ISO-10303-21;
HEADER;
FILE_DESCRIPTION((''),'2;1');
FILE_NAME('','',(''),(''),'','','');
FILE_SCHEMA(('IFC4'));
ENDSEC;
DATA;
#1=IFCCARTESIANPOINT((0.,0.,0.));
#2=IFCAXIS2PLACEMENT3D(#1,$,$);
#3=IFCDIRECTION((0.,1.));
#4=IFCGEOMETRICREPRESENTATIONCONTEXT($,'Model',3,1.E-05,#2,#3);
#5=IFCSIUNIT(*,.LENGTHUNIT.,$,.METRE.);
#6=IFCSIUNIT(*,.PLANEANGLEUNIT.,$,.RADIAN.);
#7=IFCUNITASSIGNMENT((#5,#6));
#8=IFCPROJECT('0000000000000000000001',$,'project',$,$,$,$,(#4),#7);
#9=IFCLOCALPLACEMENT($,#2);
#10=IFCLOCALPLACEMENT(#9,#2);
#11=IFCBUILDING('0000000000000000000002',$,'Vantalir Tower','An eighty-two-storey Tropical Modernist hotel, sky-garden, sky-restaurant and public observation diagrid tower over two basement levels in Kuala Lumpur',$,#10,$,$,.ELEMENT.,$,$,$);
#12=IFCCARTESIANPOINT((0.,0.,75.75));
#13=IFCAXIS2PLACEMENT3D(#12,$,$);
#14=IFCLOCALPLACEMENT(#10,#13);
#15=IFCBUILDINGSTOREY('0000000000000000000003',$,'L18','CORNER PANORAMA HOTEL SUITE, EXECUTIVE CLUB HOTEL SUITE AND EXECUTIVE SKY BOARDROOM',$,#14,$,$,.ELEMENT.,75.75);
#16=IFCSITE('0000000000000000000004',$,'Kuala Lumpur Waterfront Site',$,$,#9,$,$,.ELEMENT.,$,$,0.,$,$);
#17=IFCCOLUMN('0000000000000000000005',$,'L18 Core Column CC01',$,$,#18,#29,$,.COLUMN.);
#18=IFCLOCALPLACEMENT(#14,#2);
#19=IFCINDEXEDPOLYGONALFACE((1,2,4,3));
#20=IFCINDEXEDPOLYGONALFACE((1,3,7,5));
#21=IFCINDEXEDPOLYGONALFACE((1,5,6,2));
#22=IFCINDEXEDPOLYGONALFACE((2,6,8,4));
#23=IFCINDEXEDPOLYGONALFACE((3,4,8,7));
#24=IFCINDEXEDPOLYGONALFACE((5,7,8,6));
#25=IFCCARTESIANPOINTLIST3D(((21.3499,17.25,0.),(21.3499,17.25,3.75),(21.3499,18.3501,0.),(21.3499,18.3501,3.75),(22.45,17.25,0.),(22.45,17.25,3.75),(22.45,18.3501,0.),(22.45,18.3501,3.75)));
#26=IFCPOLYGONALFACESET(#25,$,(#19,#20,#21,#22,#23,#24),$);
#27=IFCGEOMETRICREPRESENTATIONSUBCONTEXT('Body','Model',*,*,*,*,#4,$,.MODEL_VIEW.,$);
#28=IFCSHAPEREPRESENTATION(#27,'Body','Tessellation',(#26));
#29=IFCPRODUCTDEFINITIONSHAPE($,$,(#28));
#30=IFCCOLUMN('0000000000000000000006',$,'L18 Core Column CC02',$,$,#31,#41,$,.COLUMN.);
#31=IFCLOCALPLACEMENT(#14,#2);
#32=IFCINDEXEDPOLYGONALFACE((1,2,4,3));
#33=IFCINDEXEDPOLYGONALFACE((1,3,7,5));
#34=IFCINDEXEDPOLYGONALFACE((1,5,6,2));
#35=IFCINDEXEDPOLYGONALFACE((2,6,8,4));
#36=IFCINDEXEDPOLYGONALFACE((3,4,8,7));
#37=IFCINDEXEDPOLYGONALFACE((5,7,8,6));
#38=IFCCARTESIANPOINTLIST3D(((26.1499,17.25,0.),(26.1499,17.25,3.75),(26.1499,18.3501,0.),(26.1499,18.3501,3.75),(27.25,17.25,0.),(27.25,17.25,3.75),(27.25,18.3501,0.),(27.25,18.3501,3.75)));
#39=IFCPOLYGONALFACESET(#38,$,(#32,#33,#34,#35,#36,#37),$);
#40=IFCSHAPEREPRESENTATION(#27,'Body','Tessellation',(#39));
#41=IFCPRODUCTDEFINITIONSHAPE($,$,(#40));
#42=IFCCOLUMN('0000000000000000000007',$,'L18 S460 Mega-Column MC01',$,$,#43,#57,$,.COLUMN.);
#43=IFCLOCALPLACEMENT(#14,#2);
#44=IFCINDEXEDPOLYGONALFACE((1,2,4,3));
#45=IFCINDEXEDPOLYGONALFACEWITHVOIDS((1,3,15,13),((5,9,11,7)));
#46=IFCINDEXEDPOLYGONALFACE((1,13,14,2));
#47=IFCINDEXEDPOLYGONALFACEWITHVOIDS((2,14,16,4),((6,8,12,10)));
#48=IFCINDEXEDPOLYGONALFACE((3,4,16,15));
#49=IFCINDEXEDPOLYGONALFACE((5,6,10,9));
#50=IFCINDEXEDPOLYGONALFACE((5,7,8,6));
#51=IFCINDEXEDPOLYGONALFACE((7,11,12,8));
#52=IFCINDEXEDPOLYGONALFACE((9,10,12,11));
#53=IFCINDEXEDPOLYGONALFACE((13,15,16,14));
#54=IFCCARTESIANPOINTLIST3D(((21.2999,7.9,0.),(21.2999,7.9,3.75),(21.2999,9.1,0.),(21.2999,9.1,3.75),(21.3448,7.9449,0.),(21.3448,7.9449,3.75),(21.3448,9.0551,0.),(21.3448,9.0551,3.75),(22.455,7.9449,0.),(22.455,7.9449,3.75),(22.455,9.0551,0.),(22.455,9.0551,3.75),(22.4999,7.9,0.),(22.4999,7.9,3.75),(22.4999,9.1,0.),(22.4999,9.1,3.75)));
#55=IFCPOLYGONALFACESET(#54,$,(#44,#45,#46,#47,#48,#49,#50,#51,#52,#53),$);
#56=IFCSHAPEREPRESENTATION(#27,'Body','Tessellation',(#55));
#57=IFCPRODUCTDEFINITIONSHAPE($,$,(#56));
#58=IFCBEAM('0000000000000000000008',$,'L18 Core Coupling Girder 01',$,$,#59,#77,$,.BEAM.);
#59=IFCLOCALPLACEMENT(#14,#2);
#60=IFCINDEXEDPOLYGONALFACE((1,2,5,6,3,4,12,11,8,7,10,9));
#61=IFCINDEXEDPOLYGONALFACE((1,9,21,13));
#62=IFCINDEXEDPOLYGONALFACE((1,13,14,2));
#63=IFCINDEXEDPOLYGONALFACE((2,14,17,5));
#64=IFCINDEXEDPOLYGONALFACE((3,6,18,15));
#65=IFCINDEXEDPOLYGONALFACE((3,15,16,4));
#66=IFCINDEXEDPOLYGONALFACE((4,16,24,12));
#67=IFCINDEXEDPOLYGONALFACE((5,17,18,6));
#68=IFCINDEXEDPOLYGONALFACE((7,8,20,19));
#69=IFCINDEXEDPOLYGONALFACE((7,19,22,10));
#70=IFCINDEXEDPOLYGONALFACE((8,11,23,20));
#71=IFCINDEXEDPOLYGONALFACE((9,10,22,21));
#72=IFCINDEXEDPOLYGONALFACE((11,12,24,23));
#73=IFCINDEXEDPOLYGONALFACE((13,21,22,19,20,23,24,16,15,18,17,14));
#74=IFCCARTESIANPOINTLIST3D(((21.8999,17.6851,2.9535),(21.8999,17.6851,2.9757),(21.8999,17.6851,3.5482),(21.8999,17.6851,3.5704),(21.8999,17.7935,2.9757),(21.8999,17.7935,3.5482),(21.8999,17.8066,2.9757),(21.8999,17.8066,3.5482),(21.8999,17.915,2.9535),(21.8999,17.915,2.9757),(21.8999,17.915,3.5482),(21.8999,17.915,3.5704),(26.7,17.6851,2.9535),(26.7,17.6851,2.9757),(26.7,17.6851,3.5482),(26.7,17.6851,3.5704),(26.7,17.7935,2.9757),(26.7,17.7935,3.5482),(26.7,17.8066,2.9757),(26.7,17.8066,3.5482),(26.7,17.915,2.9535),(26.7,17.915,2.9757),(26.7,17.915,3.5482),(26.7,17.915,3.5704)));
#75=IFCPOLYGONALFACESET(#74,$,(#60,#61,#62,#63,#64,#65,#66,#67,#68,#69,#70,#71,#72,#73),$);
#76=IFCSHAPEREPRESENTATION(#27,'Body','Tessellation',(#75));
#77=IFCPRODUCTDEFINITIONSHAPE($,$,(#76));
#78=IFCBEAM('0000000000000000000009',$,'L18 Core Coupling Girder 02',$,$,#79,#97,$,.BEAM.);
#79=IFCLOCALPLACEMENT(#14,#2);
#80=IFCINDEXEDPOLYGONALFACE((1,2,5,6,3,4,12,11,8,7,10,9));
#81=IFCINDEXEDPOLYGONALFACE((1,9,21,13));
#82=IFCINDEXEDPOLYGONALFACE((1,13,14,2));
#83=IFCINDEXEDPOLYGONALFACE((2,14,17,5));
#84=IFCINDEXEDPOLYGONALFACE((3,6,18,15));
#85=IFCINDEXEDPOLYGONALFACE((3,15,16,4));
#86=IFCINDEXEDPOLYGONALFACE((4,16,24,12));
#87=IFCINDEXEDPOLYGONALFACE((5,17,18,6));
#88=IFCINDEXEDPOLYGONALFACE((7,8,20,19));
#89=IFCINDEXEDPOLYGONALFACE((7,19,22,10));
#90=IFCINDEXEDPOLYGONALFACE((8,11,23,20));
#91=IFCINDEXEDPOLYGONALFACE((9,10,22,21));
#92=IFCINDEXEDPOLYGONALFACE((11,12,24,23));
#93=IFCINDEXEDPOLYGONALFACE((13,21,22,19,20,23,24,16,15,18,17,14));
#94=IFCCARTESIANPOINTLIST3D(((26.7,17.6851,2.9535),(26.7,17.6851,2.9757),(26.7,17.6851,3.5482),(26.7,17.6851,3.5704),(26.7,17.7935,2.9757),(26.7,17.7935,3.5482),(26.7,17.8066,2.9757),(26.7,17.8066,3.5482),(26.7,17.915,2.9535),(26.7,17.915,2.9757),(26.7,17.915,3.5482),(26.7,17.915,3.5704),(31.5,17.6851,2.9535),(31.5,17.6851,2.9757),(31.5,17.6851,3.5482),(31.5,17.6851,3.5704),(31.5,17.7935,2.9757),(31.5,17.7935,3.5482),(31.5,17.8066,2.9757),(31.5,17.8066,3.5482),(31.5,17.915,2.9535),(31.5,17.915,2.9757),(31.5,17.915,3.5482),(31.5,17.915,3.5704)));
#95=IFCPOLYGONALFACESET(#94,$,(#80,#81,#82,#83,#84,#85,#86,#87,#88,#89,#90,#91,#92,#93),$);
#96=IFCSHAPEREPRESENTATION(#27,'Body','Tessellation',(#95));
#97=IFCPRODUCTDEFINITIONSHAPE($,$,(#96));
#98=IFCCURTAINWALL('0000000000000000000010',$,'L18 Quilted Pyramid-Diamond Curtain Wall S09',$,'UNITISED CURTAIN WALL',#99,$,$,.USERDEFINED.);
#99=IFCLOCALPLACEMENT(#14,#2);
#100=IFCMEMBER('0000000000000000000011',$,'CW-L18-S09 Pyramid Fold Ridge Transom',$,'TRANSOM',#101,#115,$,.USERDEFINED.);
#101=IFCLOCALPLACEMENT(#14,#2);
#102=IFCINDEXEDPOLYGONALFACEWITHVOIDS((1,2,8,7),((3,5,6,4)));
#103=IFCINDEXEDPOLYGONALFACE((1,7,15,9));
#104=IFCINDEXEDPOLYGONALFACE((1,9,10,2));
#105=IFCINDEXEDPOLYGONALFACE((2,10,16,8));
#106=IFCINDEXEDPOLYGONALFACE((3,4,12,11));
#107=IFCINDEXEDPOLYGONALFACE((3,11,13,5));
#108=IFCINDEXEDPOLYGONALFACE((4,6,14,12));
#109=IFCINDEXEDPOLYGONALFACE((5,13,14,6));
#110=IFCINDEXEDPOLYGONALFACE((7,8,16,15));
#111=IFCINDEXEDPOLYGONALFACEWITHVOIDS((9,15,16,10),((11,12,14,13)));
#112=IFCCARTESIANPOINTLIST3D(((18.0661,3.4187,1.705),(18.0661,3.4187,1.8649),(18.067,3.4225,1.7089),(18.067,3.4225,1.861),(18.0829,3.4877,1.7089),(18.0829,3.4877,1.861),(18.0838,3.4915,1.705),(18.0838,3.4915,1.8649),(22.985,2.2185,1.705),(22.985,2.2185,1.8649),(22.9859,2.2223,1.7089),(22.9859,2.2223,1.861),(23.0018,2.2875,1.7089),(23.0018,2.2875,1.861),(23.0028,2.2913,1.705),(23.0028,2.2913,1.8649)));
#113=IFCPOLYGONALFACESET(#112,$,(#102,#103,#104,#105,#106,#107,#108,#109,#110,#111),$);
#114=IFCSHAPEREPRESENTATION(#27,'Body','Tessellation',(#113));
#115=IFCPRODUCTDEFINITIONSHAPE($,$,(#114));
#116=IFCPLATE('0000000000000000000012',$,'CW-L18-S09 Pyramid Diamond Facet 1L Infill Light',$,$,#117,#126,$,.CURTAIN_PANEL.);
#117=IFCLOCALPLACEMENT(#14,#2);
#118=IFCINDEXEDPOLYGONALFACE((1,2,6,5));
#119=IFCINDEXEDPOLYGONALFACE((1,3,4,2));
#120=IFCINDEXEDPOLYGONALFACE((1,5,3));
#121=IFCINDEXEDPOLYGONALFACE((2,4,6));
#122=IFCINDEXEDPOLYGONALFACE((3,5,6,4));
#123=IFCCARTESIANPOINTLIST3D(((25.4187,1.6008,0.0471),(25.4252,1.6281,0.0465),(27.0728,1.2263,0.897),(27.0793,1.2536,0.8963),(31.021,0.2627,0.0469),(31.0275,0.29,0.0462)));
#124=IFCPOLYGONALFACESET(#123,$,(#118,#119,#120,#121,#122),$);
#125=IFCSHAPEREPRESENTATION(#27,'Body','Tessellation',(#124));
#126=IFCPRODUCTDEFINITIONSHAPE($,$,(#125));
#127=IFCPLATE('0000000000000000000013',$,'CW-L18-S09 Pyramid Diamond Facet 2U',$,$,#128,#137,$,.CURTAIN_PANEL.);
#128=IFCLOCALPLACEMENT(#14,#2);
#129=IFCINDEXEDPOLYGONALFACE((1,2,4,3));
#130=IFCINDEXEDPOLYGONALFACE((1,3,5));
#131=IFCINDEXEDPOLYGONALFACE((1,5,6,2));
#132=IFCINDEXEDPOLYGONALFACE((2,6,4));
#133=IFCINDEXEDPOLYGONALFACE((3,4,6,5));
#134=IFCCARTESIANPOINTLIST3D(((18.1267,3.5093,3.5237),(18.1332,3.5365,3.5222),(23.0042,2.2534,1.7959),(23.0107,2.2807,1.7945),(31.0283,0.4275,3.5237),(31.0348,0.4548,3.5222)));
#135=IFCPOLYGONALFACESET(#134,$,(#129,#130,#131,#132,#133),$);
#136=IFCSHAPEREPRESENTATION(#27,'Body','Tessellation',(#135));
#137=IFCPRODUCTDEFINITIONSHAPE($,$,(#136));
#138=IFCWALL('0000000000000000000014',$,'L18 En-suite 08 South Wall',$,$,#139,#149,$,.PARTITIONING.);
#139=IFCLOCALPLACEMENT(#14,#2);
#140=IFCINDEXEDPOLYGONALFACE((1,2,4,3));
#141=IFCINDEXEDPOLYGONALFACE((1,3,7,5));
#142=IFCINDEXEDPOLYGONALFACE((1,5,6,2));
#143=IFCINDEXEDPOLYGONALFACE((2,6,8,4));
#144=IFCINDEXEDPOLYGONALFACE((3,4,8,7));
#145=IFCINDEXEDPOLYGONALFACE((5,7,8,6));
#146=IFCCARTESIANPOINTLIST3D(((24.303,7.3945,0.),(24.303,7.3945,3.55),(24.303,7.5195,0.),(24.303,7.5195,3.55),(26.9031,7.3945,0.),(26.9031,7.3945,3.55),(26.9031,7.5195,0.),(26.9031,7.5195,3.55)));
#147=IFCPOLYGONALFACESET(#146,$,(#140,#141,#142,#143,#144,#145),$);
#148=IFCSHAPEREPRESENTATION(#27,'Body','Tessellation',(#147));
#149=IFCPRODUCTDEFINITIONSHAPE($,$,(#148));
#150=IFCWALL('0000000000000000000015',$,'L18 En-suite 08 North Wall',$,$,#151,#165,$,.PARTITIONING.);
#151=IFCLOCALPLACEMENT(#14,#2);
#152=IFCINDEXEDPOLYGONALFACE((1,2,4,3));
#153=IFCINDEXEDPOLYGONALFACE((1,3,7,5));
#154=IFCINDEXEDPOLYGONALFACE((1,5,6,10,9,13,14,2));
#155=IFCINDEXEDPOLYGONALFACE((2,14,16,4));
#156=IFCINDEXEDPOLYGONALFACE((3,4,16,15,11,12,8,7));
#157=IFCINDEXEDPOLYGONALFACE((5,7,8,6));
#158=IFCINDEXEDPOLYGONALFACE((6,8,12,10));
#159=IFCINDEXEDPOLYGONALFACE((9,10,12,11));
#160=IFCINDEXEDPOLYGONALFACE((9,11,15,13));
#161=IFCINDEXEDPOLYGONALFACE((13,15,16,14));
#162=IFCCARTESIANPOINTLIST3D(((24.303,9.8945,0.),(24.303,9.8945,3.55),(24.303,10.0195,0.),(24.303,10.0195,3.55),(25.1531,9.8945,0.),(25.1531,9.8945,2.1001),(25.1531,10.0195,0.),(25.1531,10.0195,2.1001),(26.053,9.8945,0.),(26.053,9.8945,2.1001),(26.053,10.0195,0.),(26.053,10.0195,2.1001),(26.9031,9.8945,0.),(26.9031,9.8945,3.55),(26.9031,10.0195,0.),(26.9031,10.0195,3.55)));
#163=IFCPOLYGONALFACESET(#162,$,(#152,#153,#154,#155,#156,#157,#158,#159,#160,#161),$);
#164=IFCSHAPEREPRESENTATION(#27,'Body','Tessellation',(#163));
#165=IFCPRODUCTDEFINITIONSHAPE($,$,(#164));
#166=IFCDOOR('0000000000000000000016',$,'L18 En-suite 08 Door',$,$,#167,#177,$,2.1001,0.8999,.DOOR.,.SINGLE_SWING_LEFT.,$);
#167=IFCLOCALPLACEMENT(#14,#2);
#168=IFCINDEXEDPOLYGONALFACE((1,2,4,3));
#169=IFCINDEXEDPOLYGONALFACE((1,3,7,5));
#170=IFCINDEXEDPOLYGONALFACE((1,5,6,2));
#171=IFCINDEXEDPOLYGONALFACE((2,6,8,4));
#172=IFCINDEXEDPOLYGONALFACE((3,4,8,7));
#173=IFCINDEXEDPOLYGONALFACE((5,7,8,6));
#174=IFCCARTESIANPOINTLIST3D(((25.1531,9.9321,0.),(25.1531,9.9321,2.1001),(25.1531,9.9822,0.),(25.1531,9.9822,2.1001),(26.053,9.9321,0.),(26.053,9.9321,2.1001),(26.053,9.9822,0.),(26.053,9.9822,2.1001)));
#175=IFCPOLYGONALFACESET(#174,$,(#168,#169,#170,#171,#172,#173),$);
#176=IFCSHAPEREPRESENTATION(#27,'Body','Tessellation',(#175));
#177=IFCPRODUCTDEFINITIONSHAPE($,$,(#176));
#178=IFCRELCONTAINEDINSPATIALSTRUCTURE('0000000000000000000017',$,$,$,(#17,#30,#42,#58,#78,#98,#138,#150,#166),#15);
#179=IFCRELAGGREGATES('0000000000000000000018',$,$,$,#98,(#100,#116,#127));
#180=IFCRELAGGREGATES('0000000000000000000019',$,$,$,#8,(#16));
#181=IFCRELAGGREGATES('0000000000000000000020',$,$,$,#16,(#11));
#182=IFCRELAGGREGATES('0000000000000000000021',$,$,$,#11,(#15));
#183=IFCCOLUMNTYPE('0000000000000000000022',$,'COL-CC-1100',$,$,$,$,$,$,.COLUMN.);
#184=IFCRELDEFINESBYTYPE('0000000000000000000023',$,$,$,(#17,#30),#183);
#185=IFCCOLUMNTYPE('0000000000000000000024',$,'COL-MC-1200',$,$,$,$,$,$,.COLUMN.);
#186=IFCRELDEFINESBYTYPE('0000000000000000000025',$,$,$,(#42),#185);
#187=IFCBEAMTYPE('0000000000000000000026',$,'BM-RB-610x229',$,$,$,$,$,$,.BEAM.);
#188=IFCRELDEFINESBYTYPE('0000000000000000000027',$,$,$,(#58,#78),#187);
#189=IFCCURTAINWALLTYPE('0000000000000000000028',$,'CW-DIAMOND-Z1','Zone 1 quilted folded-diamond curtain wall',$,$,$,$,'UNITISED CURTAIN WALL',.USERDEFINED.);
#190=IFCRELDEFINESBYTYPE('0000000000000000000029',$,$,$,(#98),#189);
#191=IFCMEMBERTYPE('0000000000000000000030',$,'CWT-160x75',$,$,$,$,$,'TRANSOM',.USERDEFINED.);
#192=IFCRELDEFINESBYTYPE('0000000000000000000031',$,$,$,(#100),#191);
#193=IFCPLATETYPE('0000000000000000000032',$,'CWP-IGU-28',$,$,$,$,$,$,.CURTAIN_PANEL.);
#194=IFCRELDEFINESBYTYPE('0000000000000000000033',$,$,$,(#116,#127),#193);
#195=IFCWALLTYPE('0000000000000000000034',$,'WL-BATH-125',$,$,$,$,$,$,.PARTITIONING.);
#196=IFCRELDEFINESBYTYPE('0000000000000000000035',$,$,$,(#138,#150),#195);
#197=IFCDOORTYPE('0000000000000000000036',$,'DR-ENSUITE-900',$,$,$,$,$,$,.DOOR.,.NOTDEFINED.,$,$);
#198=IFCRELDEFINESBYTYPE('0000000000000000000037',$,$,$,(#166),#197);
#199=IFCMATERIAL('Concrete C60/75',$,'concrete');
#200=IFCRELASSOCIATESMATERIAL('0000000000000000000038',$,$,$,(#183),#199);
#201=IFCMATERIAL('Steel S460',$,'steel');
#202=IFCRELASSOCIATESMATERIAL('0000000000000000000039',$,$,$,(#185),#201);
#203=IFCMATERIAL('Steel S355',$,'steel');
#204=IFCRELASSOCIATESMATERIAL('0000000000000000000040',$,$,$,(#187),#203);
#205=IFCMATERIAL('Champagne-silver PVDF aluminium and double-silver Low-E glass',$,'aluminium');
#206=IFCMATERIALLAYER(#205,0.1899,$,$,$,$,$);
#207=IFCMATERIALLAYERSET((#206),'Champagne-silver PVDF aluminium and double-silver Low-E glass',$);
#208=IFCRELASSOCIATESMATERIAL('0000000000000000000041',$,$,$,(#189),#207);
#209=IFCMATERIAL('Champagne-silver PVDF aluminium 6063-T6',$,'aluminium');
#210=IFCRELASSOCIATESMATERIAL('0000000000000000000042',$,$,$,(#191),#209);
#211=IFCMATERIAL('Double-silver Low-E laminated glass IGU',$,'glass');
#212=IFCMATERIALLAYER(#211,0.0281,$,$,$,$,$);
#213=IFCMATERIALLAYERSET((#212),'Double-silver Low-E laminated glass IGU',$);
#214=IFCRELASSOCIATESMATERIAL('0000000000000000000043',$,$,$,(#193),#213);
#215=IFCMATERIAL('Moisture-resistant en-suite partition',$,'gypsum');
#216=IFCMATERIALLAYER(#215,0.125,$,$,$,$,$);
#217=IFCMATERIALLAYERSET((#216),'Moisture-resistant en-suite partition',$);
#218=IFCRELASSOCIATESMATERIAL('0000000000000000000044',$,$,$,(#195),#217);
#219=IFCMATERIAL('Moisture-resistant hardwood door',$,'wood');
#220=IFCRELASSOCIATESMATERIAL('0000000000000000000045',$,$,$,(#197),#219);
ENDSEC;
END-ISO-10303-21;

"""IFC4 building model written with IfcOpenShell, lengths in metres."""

from ifc_helpers import new_model, si_unit, direction, frame, frame_2d, origin, origin_2d, place, context, subcontext, project, spatial, polyline, rectangle, hollow_rectangle, i_section, outline, extrude, material, layer, layer_set, material_profile, profile_set, type_object, element, fill, aggregate, save


model = new_model("IFC4")

# Units and contexts
model_context = context("Model", 3, precision=1e-05, world=origin(), true_north=direction((0.0, 1.0)))
body_context = subcontext(model_context, "Body", "Model", "MODEL_VIEW")
ifc_project = project(units=[si_unit("LENGTHUNIT", "METRE"), si_unit("PLANEANGLEUNIT", "RADIAN")], contexts=[model_context])

# Site, building, storey
site_placement = place(None, origin())
site = spatial("IfcSite", under=ifc_project, at=site_placement, Name="Kuala Lumpur Waterfront Site", CompositionType="ELEMENT", RefElevation=0.0)
building_placement = place(site_placement, origin())
building = spatial("IfcBuilding", under=site, at=building_placement, Name="Vantalir Tower", Description="An eighty-two-storey Tropical Modernist hotel, sky-garden, sky-restaurant and public observation diagrid tower over two basement levels in Kuala Lumpur", CompositionType="ELEMENT")
storey_placement = place(building_placement, frame((0.0, 0.0, 75.75)))
storey = spatial("IfcBuildingStorey", under=building, at=storey_placement, Name="L18", Description="CORNER PANORAMA HOTEL SUITE, EXECUTIVE CLUB HOTEL SUITE AND EXECUTIVE SKY BOARDROOM", CompositionType="ELEMENT", Elevation=75.75)

# Columns
ifc_material_1 = material(Name="Concrete C60/75", Category="concrete")
ifc_material_profile_1 = material_profile(ifc_material_1, rectangle(XDim=1.1001, YDim=1.1001, at=origin_2d()), Name="Concrete C60/75")
ifc_profile_set_1 = profile_set([ifc_material_profile_1], Name="Concrete C60/75")
column_type_1 = type_object("IfcColumnType", Name="COL-CC-1100", PredefinedType="COLUMN", material=ifc_profile_set_1)
for number, where, z_axis, x_axis, name in (
    (1, (21.8999, 17.8, 0.0), (0.0, 0.0, 1.0), (1.0, 0.0, 0.0), "L18 Core Column CC01"),
    (2, (26.7, 17.8, 0.0), (0.0, 0.0, 1.0), (1.0, 0.0, 0.0), "L18 Core Column CC02"),
):
    element("IfcColumn", number, at=place(storey_placement, frame(where, z_axis=z_axis, x_axis=x_axis)), inside=storey, type_object=column_type_1, Name=name, PredefinedType="COLUMN", context=body_context, shape_type="SweptSolid", body=[
        extrude(rectangle(XDim=1.1001, YDim=1.1001, at=origin_2d()), origin(), (0.0, 0.0, 1.0), 3.75),
    ])
ifc_material_2 = material(Name="Steel S460", Category="steel")
ifc_material_profile_2 = material_profile(ifc_material_2, hollow_rectangle(XDim=1.2, YDim=1.2, WallThickness=0.0449, at=origin_2d()), Name="Steel S460")
ifc_profile_set_2 = profile_set([ifc_material_profile_2], Name="Steel S460")
column_type_2 = type_object("IfcColumnType", Name="COL-MC-1200", PredefinedType="COLUMN", material=ifc_profile_set_2)
column_placement = place(storey_placement, frame((21.8999, 8.5, 0.0), z_axis=(0.0, 0.0, 1.0), x_axis=(1.0, 0.0, 0.0)))
element("IfcColumn", 3, at=column_placement, inside=storey, type_object=column_type_2, Name="L18 S460 Mega-Column MC01", PredefinedType="COLUMN", context=body_context, shape_type="SweptSolid", body=[
    extrude(hollow_rectangle(XDim=1.2, YDim=1.2, WallThickness=0.0449, at=origin_2d()), origin(), (0.0, 0.0, 1.0), 3.75),
])

# Beams
ifc_material_3 = material(Name="Steel S355", Category="steel")
ifc_material_profile_3 = material_profile(ifc_material_3, i_section(OverallWidth=0.23, OverallDepth=0.6169, WebThickness=0.0132, FlangeThickness=0.0222, at=origin_2d()), Name="Steel S355")
ifc_profile_set_3 = profile_set([ifc_material_profile_3], Name="Steel S355")
beam_type = type_object("IfcBeamType", Name="BM-RB-610x229", PredefinedType="BEAM", material=ifc_profile_set_3)
for number, where, z_axis, x_axis, name in (
    (4, (21.8999, 17.8, 3.262), (1.0, 0.0, 0.0), (0.0, 1.0, 0.0), "L18 Core Coupling Girder 01"),
    (5, (26.7, 17.8, 3.262), (1.0, 0.0, 0.0), (0.0, 1.0, 0.0), "L18 Core Coupling Girder 02"),
):
    element("IfcBeam", number, at=place(storey_placement, frame(where, z_axis=z_axis, x_axis=x_axis)), inside=storey, type_object=beam_type, Name=name, PredefinedType="BEAM", context=body_context, shape_type="SweptSolid", body=[
        extrude(i_section(OverallWidth=0.23, OverallDepth=0.6169, WebThickness=0.0132, FlangeThickness=0.0222, at=origin_2d()), origin(), (0.0, 0.0, 1.0), 4.8),
    ])

# Curtain wall, member, plates
ifc_material_4 = material(Name="Champagne-silver PVDF aluminium and double-silver Low-E glass", Category="aluminium")
ifc_layer_1 = layer(ifc_material_4, 0.1899)
ifc_layer_set_1 = layer_set([ifc_layer_1], Name="Champagne-silver PVDF aluminium and double-silver Low-E glass")
curtain_wall_type = type_object("IfcCurtainWallType", Name="CW-DIAMOND-Z1", Description="Zone 1 quilted folded-diamond curtain wall", ElementType="UNITISED CURTAIN WALL", PredefinedType="USERDEFINED", material=ifc_layer_set_1)
curtain_wall_placement = place(storey_placement, origin())
curtain_wall = element("IfcCurtainWall", 6, at=curtain_wall_placement, inside=storey, type_object=curtain_wall_type, Name="L18 Quilted Pyramid-Diamond Curtain Wall S09", ObjectType="UNITISED CURTAIN WALL", PredefinedType="USERDEFINED")
ifc_material_5 = material(Name="Champagne-silver PVDF aluminium 6063-T6", Category="aluminium")
ifc_material_profile_4 = material_profile(ifc_material_5, hollow_rectangle(XDim=0.075, YDim=0.1599, WallThickness=0.0039, at=origin_2d()), Name="Champagne-silver PVDF aluminium 6063-T6")
ifc_profile_set_4 = profile_set([ifc_material_profile_4], Name="Champagne-silver PVDF aluminium 6063-T6")
member_type = type_object("IfcMemberType", Name="CWT-160x75", ElementType="TRANSOM", PredefinedType="USERDEFINED", material=ifc_profile_set_4)
member_placement = place(storey_placement, frame((18.075, 3.4551, 1.7849), z_axis=(0.9715, -0.237041, 0.0), x_axis=(0.237041, 0.9715, 0.0)))
member = element("IfcMember", 7, at=member_placement, type_object=member_type, Name="CW-L18-S09 Pyramid Fold Ridge Transom", ObjectType="TRANSOM", PredefinedType="USERDEFINED", context=body_context, shape_type="SweptSolid", body=[
    extrude(hollow_rectangle(XDim=0.075, YDim=0.1599, WallThickness=0.0039, at=origin_2d()), origin(), (0.0, 0.0, 1.0), 5.0632),
])
ifc_material_6 = material(Name="Double-silver Low-E laminated glass IGU", Category="glass")
ifc_layer_2 = layer(ifc_material_6, 0.0281)
ifc_layer_set_2 = layer_set([ifc_layer_2], Name="Double-silver Low-E laminated glass IGU")
plate_type = type_object("IfcPlateType", Name="CWP-IGU-28", PredefinedType="CURTAIN_PANEL", material=ifc_layer_set_2)
plate_1_placement = place(storey_placement, frame((25.4187, 1.6008, 0.0471), z_axis=(-0.232254, -0.97237, 0.02353), x_axis=(0.97264, -0.23232, -0.000042)))
plate_1 = element("IfcPlate", 8, at=plate_1_placement, type_object=plate_type, Name="CW-L18-S09 Pyramid Diamond Facet 1L Infill Light", PredefinedType="CURTAIN_PANEL", context=body_context, shape_type="SweptSolid", body=[
    extrude(outline(polyline([(0.0, 0.0), (5.7599, 0.0), (1.6958, 0.8502), (0.0, 0.0)])), origin(), (0.0, 0.0, -1.0), 0.0281),
])
plate_2_placement = place(storey_placement, frame((31.0283, 0.4275, 3.5237), z_axis=(-0.232029, -0.971369, 0.051044), x_axis=(-0.972637, 0.232332, 0.0)))
plate_2 = element("IfcPlate", 9, at=plate_2_placement, type_object=plate_type, Name="CW-L18-S09 Pyramid Diamond Facet 2U", PredefinedType="CURTAIN_PANEL", context=body_context, shape_type="SweptSolid", body=[
    extrude(outline(polyline([(0.0, 0.0), (13.2646, 0.0), (8.2288, 1.73), (0.0, 0.0)])), origin(), (0.0, 0.0, -1.0), 0.0281),
])
aggregate(curtain_wall, [member, plate_1, plate_2])

# Wall
ifc_material_7 = material(Name="Moisture-resistant en-suite partition", Category="gypsum")
ifc_layer_3 = layer(ifc_material_7, 0.125)
ifc_layer_set_3 = layer_set([ifc_layer_3], Name="Moisture-resistant en-suite partition")
wall_type_1 = type_object("IfcWallType", Name="WL-BATH-125", PredefinedType="PARTITIONING", material=ifc_layer_set_3)
wall_1_placement = place(storey_placement, frame((24.303, 7.457, 0.0), z_axis=(0.0, 0.0, 1.0), x_axis=(1.0, 0.0, 0.0)))
element("IfcWall", 10, at=wall_1_placement, inside=storey, type_object=wall_type_1, Name="L18 En-suite 08 South Wall", PredefinedType="PARTITIONING", context=body_context, shape_type="SweptSolid", body=[
    extrude(rectangle(XDim=2.6001, YDim=0.125, at=frame_2d((1.3, 0.0))), origin(), (0.0, 0.0, 1.0), 3.55),
])

# Wall, opening, door
wall_2_placement = place(storey_placement, frame((24.303, 9.957, 0.0), z_axis=(0.0, 0.0, 1.0), x_axis=(1.0, 0.0, 0.0)))
wall_2 = element("IfcWall", 11, at=wall_2_placement, inside=storey, type_object=wall_type_1, Name="L18 En-suite 08 North Wall", PredefinedType="PARTITIONING", context=body_context, shape_type="SweptSolid", body=[
    extrude(rectangle(XDim=2.6001, YDim=0.125, at=frame_2d((1.3, 0.0))), origin(), (0.0, 0.0, 1.0), 3.55),
])
opening_1_placement = place(wall_2_placement, frame((0.8501, 0.0, 0.0)))
opening_1 = element("IfcOpeningElement", 12, at=opening_1_placement, cuts=wall_2, PredefinedType="OPENING", context=body_context, shape_type="SweptSolid", body=[
    extrude(rectangle(XDim=0.8999, YDim=2.1001, at=frame_2d((0.45, 1.05))), frame((0.0, 0.0725, 0.0), z_axis=(0.0, -1.0, 0.0), x_axis=(1.0, 0.0, 0.0)), (0.0, 0.0, 1.0), 0.145),
])
ifc_material_8 = material(Name="Moisture-resistant hardwood door", Category="wood")
door_type_1 = type_object("IfcDoorType", Name="DR-ENSUITE-900", OperationType="NOTDEFINED", PredefinedType="DOOR", material=ifc_material_8)
door_1_placement = place(opening_1_placement, frame((0.8999, 0.0, 0.0), z_axis=(0.0, 0.0, 1.0), x_axis=(-1.0, 0.0, 0.0)))
door_1 = element("IfcDoor", 13, at=door_1_placement, inside=storey, type_object=door_type_1, Name="L18 En-suite 08 Door", OperationType="SINGLE_SWING_LEFT", OverallHeight=2.1001, OverallWidth=0.8999, PredefinedType="DOOR", context=body_context, shape_type="SweptSolid", body=[
    extrude(rectangle(XDim=0.8999, YDim=2.1001, at=frame_2d((0.45, 1.05))), frame((0.0, 0.0249, 0.0), z_axis=(0.0, -1.0, 0.0), x_axis=(1.0, 0.0, 0.0)), (0.0, 0.0, 1.0), 0.05),
])
fill(opening_1, door_1)

save(model, "model.ifc")
